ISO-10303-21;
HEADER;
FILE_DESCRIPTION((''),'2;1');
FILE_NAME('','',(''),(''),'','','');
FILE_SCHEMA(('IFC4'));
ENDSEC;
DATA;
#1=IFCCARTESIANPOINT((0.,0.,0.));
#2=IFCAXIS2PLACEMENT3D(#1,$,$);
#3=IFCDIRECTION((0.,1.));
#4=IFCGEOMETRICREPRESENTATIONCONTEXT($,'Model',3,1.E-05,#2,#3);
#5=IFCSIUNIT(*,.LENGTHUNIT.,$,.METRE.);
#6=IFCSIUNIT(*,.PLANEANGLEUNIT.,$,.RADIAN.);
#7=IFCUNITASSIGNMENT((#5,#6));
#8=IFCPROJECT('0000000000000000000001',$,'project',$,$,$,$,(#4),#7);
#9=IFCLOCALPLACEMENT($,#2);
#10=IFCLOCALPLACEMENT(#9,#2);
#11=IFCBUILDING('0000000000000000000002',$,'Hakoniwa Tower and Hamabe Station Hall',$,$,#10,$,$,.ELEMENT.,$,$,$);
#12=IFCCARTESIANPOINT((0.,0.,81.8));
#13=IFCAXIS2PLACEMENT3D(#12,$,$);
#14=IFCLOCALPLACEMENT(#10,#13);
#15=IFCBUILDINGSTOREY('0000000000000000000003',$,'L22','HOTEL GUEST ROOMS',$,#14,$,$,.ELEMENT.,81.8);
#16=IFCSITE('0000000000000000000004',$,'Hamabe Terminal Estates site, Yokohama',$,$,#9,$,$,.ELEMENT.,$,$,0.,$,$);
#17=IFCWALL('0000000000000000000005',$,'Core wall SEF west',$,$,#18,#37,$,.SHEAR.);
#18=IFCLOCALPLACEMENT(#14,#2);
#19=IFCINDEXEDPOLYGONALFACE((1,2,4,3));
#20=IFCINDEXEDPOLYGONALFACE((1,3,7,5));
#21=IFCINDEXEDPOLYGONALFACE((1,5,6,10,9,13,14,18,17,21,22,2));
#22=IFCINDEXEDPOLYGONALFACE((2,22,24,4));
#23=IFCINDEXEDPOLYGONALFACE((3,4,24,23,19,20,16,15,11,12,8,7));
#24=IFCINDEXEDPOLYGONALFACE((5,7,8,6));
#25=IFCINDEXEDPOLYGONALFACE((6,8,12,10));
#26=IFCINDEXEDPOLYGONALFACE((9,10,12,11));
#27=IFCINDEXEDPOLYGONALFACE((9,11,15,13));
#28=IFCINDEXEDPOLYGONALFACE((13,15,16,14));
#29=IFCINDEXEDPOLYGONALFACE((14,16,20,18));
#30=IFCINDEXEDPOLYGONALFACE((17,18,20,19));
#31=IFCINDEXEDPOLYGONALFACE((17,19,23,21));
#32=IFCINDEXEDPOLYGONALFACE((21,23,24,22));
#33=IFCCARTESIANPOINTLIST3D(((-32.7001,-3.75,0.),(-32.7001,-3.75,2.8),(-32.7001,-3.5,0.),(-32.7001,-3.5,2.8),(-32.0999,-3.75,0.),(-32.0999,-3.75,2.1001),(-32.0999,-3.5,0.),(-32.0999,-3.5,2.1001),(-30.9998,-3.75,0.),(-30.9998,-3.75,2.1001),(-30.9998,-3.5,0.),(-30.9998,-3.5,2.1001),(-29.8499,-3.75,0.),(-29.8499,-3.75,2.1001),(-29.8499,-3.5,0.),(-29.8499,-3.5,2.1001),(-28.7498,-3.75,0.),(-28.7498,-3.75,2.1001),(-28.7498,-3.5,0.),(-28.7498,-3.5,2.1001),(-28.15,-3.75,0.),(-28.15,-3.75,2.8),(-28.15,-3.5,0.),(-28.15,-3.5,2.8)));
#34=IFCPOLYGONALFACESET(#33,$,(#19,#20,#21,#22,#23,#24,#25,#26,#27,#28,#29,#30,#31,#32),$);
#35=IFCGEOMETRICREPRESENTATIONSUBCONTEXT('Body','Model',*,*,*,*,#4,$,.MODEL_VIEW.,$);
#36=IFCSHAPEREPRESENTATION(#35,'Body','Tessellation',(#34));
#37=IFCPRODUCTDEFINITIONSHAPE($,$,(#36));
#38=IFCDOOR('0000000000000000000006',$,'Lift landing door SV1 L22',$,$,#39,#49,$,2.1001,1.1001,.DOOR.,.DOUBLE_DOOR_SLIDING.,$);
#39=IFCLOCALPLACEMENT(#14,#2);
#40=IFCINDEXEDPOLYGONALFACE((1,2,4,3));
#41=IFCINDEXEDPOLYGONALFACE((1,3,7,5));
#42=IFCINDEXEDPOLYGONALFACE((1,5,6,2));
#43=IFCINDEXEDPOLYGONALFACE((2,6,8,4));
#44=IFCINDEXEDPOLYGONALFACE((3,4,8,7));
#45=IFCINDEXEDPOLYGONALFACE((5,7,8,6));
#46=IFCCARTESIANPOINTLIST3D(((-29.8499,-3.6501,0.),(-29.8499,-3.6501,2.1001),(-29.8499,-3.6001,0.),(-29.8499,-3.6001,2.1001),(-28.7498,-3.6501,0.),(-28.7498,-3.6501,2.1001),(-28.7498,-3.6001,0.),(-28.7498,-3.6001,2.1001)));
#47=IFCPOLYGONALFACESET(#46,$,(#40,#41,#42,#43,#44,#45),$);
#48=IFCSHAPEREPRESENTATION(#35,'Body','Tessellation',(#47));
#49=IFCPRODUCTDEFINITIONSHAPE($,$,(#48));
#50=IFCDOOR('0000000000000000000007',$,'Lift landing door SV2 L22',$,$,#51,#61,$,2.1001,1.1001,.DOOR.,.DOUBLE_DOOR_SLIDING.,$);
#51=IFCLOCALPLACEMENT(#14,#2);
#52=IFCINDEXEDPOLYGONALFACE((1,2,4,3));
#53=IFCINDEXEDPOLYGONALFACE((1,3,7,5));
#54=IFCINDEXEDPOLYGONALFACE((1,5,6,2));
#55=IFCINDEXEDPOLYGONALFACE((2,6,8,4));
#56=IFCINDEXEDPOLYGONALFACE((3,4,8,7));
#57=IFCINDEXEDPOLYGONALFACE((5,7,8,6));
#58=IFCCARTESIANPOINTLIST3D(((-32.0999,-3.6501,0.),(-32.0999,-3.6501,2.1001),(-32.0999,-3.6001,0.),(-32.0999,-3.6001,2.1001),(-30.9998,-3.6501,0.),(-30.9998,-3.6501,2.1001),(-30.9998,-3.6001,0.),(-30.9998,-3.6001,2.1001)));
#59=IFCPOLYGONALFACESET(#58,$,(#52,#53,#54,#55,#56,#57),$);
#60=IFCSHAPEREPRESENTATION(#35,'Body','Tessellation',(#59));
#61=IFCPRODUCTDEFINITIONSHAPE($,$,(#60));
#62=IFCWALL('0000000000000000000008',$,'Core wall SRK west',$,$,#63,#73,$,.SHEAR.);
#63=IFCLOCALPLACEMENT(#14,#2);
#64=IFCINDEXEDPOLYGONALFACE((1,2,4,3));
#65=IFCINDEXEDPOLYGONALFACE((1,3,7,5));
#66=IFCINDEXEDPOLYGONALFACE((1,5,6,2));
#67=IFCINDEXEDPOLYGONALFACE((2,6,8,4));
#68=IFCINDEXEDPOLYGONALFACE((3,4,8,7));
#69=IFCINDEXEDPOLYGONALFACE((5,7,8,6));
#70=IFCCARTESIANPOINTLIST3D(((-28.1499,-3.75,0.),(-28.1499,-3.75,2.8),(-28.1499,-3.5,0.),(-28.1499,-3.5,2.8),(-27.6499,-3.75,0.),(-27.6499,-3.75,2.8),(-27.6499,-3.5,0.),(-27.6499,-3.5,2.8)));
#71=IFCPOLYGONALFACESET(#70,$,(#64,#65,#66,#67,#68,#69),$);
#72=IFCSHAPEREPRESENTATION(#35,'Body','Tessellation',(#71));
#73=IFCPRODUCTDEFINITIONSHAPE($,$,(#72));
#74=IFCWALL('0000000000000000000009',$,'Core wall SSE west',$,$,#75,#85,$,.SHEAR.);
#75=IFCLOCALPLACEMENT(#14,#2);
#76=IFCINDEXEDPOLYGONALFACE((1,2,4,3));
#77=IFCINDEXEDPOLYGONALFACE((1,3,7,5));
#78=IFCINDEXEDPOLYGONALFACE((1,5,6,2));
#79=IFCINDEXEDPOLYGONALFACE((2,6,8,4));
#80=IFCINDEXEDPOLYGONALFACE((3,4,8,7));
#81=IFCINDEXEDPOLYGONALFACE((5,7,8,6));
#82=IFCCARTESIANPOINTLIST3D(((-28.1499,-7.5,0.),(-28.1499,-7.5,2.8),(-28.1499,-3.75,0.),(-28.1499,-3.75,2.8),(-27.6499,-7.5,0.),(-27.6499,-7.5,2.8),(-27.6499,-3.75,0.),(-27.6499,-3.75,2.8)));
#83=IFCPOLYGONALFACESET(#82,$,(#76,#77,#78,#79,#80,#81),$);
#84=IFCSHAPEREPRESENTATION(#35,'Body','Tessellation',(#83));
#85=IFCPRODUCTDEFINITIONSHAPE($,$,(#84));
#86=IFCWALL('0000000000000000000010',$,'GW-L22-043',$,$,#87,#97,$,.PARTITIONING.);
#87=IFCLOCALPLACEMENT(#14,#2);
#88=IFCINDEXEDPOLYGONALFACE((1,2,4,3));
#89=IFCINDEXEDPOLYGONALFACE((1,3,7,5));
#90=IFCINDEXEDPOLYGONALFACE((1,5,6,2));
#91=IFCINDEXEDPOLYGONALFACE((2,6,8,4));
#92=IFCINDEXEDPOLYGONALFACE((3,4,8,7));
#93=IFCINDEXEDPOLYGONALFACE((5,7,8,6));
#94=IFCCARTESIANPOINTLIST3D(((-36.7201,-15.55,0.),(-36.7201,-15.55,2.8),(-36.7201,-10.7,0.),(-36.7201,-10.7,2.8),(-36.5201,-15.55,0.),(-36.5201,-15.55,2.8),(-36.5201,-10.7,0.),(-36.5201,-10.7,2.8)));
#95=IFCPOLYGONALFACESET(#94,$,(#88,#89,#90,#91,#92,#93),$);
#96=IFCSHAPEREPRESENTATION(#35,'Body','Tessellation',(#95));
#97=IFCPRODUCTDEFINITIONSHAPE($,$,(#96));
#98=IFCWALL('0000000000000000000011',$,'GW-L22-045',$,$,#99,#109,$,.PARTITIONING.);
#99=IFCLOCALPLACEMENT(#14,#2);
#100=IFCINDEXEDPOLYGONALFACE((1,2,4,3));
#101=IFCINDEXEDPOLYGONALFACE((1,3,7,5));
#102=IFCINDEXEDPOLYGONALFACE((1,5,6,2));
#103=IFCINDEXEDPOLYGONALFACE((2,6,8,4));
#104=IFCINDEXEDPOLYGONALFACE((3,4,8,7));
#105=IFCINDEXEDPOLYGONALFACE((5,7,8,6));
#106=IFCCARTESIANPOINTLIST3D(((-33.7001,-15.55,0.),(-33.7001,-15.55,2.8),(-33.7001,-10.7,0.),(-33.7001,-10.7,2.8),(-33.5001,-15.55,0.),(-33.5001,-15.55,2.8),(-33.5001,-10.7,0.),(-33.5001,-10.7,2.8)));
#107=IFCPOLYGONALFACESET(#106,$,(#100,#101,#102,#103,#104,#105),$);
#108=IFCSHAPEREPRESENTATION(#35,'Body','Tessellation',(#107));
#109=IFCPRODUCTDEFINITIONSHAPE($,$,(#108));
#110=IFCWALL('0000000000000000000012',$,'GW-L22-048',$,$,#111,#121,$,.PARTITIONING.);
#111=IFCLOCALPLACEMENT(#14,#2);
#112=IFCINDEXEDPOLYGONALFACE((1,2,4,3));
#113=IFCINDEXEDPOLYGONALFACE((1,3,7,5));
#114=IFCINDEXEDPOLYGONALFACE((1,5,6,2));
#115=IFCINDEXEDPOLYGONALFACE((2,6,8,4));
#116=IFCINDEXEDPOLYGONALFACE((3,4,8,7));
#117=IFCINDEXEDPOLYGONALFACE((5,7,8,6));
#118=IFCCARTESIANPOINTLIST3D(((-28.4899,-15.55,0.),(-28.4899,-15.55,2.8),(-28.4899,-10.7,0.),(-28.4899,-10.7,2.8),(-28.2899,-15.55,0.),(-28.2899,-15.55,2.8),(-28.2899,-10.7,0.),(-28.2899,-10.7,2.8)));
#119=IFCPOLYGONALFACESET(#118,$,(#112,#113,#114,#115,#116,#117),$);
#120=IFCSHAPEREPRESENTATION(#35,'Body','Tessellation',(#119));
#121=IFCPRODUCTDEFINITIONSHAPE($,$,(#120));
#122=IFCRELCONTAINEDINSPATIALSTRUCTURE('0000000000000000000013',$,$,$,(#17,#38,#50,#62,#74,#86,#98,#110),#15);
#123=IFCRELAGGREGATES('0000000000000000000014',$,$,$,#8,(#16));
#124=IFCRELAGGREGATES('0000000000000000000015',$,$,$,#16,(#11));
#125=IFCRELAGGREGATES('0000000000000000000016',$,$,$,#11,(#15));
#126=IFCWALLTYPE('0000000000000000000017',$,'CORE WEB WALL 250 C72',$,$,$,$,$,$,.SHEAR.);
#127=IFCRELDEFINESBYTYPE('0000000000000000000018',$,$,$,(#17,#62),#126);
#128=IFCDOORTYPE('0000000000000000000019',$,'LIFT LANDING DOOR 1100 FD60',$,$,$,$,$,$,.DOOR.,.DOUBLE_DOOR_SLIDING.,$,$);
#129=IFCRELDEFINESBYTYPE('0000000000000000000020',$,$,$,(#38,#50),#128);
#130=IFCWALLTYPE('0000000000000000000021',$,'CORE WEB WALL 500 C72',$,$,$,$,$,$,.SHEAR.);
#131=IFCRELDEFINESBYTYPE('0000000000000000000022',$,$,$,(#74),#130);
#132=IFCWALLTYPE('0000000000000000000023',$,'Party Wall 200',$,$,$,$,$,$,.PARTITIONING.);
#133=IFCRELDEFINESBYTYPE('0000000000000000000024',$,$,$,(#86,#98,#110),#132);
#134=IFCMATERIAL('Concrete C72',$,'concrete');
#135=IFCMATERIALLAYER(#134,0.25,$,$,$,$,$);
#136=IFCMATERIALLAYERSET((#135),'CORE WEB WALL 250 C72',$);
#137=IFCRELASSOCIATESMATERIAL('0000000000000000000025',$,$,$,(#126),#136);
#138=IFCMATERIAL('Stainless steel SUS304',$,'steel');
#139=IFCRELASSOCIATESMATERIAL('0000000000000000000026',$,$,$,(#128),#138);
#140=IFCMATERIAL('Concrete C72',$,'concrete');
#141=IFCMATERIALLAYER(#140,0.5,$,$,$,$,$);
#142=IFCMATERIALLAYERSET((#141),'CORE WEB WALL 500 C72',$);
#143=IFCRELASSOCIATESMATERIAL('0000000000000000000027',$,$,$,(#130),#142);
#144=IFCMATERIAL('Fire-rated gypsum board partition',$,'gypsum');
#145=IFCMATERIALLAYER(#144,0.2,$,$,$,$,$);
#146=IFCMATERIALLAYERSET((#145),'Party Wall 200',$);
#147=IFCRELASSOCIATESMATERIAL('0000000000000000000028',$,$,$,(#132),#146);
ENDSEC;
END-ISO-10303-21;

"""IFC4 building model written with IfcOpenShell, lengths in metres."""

from ifc_helpers import new_model, si_unit, direction, frame, frame_2d, origin, place, context, subcontext, project, spatial, rectangle, extrude, material, layer, layer_set, type_object, element, fill, save


model = new_model("IFC4")

# Units and contexts
model_context = context("Model", 3, precision=1e-05, world=origin(), true_north=direction((0.0, 1.0)))
body_context = subcontext(model_context, "Body", "Model", "MODEL_VIEW")
ifc_project = project(units=[si_unit("LENGTHUNIT", "METRE"), si_unit("PLANEANGLEUNIT", "RADIAN")], contexts=[model_context])

# Site, building, storey
site_placement = place(None, origin())
site = spatial("IfcSite", under=ifc_project, at=site_placement, Name="Hamabe Terminal Estates site, Yokohama", CompositionType="ELEMENT", RefElevation=0.0)
building_placement = place(site_placement, origin())
building = spatial("IfcBuilding", under=site, at=building_placement, Name="Hakoniwa Tower and Hamabe Station Hall", CompositionType="ELEMENT")
storey_placement = place(building_placement, frame((0.0, 0.0, 81.8)))
storey = spatial("IfcBuildingStorey", under=building, at=storey_placement, Name="L22", Description="HOTEL GUEST ROOMS", CompositionType="ELEMENT", Elevation=81.8)

# Shared definitions
ifc_material_1 = material(Name="Concrete C72", Category="concrete")
ifc_layer_1 = layer(ifc_material_1, 0.25)
ifc_layer_set_1 = layer_set([ifc_layer_1], Name="CORE WEB WALL 250 C72")
wall_type_1 = type_object("IfcWallType", Name="CORE WEB WALL 250 C72", PredefinedType="SHEAR", material=ifc_layer_set_1)
ifc_material_2 = material(Name="Stainless steel SUS304", Category="steel")
door_type_1 = type_object("IfcDoorType", Name="LIFT LANDING DOOR 1100 FD60", OperationType="DOUBLE_DOOR_SLIDING", PredefinedType="DOOR", material=ifc_material_2)

# Wall, openings, doors
wall_1_placement = place(storey_placement, frame((-32.7, -3.625, 0.0), z_axis=(0.0, 0.0, 1.0), x_axis=(1.0, 0.0, 0.0)))
wall_1 = element("IfcWall", 1, at=wall_1_placement, inside=storey, type_object=wall_type_1, Name="Core wall SEF west", PredefinedType="SHEAR", context=body_context, shape_type="SweptSolid", body=[
    extrude(rectangle(XDim=4.55, YDim=0.25, at=frame_2d((2.2749, 0.0))), origin(), (0.0, 0.0, 1.0), 2.8),
])
opening_1_placement = place(wall_1_placement, frame((2.8501, 0.0, 0.0)))
opening_1 = element("IfcOpeningElement", 2, at=opening_1_placement, cuts=wall_1, PredefinedType="OPENING", context=body_context, shape_type="SweptSolid", body=[
    extrude(rectangle(XDim=1.1001, YDim=2.1001, at=frame_2d((0.55, 1.05))), frame((0.0, 0.135, 0.0), z_axis=(0.0, -1.0, 0.0), x_axis=(1.0, 0.0, 0.0)), (0.0, 0.0, 1.0), 0.27),
])
opening_2_placement = place(wall_1_placement, frame((0.6001, 0.0, 0.0)))
opening_2 = element("IfcOpeningElement", 3, at=opening_2_placement, cuts=wall_1, PredefinedType="OPENING", context=body_context, shape_type="SweptSolid", body=[
    extrude(rectangle(XDim=1.1001, YDim=2.1001, at=frame_2d((0.55, 1.05))), frame((0.0, 0.135, 0.0), z_axis=(0.0, -1.0, 0.0), x_axis=(1.0, 0.0, 0.0)), (0.0, 0.0, 1.0), 0.27),
])
door_1_placement = place(opening_1_placement, origin())
door_1 = element("IfcDoor", 4, at=door_1_placement, inside=storey, type_object=door_type_1, Name="Lift landing door SV1 L22", OperationType="DOUBLE_DOOR_SLIDING", OverallHeight=2.1001, OverallWidth=1.1001, PredefinedType="DOOR", context=body_context, shape_type="SweptSolid", body=[
    extrude(rectangle(XDim=1.1001, YDim=2.1001, at=frame_2d((0.55, 1.05))), frame((0.0, 0.0249, 0.0), z_axis=(0.0, -1.0, 0.0), x_axis=(1.0, 0.0, 0.0)), (0.0, 0.0, 1.0), 0.05),
])
fill(opening_1, door_1)
door_2_placement = place(opening_2_placement, origin())
door_2 = element("IfcDoor", 5, at=door_2_placement, inside=storey, type_object=door_type_1, Name="Lift landing door SV2 L22", OperationType="DOUBLE_DOOR_SLIDING", OverallHeight=2.1001, OverallWidth=1.1001, PredefinedType="DOOR", context=body_context, shape_type="SweptSolid", body=[
    extrude(rectangle(XDim=1.1001, YDim=2.1001, at=frame_2d((0.55, 1.05))), frame((0.0, 0.0249, 0.0), z_axis=(0.0, -1.0, 0.0), x_axis=(1.0, 0.0, 0.0)), (0.0, 0.0, 1.0), 0.05),
])
fill(opening_2, door_2)

# Walls
wall_2_placement = place(storey_placement, frame((-28.1499, -3.625, 0.0), z_axis=(0.0, 0.0, 1.0), x_axis=(1.0, 0.0, 0.0)))
element("IfcWall", 6, at=wall_2_placement, inside=storey, type_object=wall_type_1, Name="Core wall SRK west", PredefinedType="SHEAR", context=body_context, shape_type="SweptSolid", body=[
    extrude(rectangle(XDim=0.5, YDim=0.25, at=frame_2d((0.25, 0.0))), origin(), (0.0, 0.0, 1.0), 2.8),
])
ifc_material_3 = material(Name="Concrete C72", Category="concrete")
ifc_layer_2 = layer(ifc_material_3, 0.5)
ifc_layer_set_2 = layer_set([ifc_layer_2], Name="CORE WEB WALL 500 C72")
wall_type_2 = type_object("IfcWallType", Name="CORE WEB WALL 500 C72", PredefinedType="SHEAR", material=ifc_layer_set_2)
wall_3_placement = place(storey_placement, frame((-27.8999, -7.5, 0.0), z_axis=(0.0, 0.0, 1.0), x_axis=(0.0, 1.0, 0.0)))
element("IfcWall", 7, at=wall_3_placement, inside=storey, type_object=wall_type_2, Name="Core wall SSE west", PredefinedType="SHEAR", context=body_context, shape_type="SweptSolid", body=[
    extrude(rectangle(XDim=3.75, YDim=0.5, at=frame_2d((1.875, 0.0))), origin(), (0.0, 0.0, 1.0), 2.8),
])
ifc_material_4 = material(Name="Fire-rated gypsum board partition", Category="gypsum")
ifc_layer_3 = layer(ifc_material_4, 0.2)
ifc_layer_set_3 = layer_set([ifc_layer_3], Name="Party Wall 200")
wall_type_3 = type_object("IfcWallType", Name="Party Wall 200", PredefinedType="PARTITIONING", material=ifc_layer_set_3)
for number, where, z_axis, x_axis, name in (
    (8, (-36.6201, -15.55, 0.0), (0.0, 0.0, 1.0), (0.0, 1.0, 0.0), "GW-L22-043"),
    (9, (-33.6001, -15.55, 0.0), (0.0, 0.0, 1.0), (0.0, 1.0, 0.0), "GW-L22-045"),
    (10, (-28.3899, -15.55, 0.0), (0.0, 0.0, 1.0), (0.0, 1.0, 0.0), "GW-L22-048"),
):
    element("IfcWall", number, at=place(storey_placement, frame(where, z_axis=z_axis, x_axis=x_axis)), inside=storey, type_object=wall_type_3, Name=name, PredefinedType="PARTITIONING", context=body_context, shape_type="SweptSolid", body=[
        extrude(rectangle(XDim=4.8501, YDim=0.2, at=frame_2d((2.425, 0.0))), origin(), (0.0, 0.0, 1.0), 2.8),
    ])

save(model, "model.ifc")
